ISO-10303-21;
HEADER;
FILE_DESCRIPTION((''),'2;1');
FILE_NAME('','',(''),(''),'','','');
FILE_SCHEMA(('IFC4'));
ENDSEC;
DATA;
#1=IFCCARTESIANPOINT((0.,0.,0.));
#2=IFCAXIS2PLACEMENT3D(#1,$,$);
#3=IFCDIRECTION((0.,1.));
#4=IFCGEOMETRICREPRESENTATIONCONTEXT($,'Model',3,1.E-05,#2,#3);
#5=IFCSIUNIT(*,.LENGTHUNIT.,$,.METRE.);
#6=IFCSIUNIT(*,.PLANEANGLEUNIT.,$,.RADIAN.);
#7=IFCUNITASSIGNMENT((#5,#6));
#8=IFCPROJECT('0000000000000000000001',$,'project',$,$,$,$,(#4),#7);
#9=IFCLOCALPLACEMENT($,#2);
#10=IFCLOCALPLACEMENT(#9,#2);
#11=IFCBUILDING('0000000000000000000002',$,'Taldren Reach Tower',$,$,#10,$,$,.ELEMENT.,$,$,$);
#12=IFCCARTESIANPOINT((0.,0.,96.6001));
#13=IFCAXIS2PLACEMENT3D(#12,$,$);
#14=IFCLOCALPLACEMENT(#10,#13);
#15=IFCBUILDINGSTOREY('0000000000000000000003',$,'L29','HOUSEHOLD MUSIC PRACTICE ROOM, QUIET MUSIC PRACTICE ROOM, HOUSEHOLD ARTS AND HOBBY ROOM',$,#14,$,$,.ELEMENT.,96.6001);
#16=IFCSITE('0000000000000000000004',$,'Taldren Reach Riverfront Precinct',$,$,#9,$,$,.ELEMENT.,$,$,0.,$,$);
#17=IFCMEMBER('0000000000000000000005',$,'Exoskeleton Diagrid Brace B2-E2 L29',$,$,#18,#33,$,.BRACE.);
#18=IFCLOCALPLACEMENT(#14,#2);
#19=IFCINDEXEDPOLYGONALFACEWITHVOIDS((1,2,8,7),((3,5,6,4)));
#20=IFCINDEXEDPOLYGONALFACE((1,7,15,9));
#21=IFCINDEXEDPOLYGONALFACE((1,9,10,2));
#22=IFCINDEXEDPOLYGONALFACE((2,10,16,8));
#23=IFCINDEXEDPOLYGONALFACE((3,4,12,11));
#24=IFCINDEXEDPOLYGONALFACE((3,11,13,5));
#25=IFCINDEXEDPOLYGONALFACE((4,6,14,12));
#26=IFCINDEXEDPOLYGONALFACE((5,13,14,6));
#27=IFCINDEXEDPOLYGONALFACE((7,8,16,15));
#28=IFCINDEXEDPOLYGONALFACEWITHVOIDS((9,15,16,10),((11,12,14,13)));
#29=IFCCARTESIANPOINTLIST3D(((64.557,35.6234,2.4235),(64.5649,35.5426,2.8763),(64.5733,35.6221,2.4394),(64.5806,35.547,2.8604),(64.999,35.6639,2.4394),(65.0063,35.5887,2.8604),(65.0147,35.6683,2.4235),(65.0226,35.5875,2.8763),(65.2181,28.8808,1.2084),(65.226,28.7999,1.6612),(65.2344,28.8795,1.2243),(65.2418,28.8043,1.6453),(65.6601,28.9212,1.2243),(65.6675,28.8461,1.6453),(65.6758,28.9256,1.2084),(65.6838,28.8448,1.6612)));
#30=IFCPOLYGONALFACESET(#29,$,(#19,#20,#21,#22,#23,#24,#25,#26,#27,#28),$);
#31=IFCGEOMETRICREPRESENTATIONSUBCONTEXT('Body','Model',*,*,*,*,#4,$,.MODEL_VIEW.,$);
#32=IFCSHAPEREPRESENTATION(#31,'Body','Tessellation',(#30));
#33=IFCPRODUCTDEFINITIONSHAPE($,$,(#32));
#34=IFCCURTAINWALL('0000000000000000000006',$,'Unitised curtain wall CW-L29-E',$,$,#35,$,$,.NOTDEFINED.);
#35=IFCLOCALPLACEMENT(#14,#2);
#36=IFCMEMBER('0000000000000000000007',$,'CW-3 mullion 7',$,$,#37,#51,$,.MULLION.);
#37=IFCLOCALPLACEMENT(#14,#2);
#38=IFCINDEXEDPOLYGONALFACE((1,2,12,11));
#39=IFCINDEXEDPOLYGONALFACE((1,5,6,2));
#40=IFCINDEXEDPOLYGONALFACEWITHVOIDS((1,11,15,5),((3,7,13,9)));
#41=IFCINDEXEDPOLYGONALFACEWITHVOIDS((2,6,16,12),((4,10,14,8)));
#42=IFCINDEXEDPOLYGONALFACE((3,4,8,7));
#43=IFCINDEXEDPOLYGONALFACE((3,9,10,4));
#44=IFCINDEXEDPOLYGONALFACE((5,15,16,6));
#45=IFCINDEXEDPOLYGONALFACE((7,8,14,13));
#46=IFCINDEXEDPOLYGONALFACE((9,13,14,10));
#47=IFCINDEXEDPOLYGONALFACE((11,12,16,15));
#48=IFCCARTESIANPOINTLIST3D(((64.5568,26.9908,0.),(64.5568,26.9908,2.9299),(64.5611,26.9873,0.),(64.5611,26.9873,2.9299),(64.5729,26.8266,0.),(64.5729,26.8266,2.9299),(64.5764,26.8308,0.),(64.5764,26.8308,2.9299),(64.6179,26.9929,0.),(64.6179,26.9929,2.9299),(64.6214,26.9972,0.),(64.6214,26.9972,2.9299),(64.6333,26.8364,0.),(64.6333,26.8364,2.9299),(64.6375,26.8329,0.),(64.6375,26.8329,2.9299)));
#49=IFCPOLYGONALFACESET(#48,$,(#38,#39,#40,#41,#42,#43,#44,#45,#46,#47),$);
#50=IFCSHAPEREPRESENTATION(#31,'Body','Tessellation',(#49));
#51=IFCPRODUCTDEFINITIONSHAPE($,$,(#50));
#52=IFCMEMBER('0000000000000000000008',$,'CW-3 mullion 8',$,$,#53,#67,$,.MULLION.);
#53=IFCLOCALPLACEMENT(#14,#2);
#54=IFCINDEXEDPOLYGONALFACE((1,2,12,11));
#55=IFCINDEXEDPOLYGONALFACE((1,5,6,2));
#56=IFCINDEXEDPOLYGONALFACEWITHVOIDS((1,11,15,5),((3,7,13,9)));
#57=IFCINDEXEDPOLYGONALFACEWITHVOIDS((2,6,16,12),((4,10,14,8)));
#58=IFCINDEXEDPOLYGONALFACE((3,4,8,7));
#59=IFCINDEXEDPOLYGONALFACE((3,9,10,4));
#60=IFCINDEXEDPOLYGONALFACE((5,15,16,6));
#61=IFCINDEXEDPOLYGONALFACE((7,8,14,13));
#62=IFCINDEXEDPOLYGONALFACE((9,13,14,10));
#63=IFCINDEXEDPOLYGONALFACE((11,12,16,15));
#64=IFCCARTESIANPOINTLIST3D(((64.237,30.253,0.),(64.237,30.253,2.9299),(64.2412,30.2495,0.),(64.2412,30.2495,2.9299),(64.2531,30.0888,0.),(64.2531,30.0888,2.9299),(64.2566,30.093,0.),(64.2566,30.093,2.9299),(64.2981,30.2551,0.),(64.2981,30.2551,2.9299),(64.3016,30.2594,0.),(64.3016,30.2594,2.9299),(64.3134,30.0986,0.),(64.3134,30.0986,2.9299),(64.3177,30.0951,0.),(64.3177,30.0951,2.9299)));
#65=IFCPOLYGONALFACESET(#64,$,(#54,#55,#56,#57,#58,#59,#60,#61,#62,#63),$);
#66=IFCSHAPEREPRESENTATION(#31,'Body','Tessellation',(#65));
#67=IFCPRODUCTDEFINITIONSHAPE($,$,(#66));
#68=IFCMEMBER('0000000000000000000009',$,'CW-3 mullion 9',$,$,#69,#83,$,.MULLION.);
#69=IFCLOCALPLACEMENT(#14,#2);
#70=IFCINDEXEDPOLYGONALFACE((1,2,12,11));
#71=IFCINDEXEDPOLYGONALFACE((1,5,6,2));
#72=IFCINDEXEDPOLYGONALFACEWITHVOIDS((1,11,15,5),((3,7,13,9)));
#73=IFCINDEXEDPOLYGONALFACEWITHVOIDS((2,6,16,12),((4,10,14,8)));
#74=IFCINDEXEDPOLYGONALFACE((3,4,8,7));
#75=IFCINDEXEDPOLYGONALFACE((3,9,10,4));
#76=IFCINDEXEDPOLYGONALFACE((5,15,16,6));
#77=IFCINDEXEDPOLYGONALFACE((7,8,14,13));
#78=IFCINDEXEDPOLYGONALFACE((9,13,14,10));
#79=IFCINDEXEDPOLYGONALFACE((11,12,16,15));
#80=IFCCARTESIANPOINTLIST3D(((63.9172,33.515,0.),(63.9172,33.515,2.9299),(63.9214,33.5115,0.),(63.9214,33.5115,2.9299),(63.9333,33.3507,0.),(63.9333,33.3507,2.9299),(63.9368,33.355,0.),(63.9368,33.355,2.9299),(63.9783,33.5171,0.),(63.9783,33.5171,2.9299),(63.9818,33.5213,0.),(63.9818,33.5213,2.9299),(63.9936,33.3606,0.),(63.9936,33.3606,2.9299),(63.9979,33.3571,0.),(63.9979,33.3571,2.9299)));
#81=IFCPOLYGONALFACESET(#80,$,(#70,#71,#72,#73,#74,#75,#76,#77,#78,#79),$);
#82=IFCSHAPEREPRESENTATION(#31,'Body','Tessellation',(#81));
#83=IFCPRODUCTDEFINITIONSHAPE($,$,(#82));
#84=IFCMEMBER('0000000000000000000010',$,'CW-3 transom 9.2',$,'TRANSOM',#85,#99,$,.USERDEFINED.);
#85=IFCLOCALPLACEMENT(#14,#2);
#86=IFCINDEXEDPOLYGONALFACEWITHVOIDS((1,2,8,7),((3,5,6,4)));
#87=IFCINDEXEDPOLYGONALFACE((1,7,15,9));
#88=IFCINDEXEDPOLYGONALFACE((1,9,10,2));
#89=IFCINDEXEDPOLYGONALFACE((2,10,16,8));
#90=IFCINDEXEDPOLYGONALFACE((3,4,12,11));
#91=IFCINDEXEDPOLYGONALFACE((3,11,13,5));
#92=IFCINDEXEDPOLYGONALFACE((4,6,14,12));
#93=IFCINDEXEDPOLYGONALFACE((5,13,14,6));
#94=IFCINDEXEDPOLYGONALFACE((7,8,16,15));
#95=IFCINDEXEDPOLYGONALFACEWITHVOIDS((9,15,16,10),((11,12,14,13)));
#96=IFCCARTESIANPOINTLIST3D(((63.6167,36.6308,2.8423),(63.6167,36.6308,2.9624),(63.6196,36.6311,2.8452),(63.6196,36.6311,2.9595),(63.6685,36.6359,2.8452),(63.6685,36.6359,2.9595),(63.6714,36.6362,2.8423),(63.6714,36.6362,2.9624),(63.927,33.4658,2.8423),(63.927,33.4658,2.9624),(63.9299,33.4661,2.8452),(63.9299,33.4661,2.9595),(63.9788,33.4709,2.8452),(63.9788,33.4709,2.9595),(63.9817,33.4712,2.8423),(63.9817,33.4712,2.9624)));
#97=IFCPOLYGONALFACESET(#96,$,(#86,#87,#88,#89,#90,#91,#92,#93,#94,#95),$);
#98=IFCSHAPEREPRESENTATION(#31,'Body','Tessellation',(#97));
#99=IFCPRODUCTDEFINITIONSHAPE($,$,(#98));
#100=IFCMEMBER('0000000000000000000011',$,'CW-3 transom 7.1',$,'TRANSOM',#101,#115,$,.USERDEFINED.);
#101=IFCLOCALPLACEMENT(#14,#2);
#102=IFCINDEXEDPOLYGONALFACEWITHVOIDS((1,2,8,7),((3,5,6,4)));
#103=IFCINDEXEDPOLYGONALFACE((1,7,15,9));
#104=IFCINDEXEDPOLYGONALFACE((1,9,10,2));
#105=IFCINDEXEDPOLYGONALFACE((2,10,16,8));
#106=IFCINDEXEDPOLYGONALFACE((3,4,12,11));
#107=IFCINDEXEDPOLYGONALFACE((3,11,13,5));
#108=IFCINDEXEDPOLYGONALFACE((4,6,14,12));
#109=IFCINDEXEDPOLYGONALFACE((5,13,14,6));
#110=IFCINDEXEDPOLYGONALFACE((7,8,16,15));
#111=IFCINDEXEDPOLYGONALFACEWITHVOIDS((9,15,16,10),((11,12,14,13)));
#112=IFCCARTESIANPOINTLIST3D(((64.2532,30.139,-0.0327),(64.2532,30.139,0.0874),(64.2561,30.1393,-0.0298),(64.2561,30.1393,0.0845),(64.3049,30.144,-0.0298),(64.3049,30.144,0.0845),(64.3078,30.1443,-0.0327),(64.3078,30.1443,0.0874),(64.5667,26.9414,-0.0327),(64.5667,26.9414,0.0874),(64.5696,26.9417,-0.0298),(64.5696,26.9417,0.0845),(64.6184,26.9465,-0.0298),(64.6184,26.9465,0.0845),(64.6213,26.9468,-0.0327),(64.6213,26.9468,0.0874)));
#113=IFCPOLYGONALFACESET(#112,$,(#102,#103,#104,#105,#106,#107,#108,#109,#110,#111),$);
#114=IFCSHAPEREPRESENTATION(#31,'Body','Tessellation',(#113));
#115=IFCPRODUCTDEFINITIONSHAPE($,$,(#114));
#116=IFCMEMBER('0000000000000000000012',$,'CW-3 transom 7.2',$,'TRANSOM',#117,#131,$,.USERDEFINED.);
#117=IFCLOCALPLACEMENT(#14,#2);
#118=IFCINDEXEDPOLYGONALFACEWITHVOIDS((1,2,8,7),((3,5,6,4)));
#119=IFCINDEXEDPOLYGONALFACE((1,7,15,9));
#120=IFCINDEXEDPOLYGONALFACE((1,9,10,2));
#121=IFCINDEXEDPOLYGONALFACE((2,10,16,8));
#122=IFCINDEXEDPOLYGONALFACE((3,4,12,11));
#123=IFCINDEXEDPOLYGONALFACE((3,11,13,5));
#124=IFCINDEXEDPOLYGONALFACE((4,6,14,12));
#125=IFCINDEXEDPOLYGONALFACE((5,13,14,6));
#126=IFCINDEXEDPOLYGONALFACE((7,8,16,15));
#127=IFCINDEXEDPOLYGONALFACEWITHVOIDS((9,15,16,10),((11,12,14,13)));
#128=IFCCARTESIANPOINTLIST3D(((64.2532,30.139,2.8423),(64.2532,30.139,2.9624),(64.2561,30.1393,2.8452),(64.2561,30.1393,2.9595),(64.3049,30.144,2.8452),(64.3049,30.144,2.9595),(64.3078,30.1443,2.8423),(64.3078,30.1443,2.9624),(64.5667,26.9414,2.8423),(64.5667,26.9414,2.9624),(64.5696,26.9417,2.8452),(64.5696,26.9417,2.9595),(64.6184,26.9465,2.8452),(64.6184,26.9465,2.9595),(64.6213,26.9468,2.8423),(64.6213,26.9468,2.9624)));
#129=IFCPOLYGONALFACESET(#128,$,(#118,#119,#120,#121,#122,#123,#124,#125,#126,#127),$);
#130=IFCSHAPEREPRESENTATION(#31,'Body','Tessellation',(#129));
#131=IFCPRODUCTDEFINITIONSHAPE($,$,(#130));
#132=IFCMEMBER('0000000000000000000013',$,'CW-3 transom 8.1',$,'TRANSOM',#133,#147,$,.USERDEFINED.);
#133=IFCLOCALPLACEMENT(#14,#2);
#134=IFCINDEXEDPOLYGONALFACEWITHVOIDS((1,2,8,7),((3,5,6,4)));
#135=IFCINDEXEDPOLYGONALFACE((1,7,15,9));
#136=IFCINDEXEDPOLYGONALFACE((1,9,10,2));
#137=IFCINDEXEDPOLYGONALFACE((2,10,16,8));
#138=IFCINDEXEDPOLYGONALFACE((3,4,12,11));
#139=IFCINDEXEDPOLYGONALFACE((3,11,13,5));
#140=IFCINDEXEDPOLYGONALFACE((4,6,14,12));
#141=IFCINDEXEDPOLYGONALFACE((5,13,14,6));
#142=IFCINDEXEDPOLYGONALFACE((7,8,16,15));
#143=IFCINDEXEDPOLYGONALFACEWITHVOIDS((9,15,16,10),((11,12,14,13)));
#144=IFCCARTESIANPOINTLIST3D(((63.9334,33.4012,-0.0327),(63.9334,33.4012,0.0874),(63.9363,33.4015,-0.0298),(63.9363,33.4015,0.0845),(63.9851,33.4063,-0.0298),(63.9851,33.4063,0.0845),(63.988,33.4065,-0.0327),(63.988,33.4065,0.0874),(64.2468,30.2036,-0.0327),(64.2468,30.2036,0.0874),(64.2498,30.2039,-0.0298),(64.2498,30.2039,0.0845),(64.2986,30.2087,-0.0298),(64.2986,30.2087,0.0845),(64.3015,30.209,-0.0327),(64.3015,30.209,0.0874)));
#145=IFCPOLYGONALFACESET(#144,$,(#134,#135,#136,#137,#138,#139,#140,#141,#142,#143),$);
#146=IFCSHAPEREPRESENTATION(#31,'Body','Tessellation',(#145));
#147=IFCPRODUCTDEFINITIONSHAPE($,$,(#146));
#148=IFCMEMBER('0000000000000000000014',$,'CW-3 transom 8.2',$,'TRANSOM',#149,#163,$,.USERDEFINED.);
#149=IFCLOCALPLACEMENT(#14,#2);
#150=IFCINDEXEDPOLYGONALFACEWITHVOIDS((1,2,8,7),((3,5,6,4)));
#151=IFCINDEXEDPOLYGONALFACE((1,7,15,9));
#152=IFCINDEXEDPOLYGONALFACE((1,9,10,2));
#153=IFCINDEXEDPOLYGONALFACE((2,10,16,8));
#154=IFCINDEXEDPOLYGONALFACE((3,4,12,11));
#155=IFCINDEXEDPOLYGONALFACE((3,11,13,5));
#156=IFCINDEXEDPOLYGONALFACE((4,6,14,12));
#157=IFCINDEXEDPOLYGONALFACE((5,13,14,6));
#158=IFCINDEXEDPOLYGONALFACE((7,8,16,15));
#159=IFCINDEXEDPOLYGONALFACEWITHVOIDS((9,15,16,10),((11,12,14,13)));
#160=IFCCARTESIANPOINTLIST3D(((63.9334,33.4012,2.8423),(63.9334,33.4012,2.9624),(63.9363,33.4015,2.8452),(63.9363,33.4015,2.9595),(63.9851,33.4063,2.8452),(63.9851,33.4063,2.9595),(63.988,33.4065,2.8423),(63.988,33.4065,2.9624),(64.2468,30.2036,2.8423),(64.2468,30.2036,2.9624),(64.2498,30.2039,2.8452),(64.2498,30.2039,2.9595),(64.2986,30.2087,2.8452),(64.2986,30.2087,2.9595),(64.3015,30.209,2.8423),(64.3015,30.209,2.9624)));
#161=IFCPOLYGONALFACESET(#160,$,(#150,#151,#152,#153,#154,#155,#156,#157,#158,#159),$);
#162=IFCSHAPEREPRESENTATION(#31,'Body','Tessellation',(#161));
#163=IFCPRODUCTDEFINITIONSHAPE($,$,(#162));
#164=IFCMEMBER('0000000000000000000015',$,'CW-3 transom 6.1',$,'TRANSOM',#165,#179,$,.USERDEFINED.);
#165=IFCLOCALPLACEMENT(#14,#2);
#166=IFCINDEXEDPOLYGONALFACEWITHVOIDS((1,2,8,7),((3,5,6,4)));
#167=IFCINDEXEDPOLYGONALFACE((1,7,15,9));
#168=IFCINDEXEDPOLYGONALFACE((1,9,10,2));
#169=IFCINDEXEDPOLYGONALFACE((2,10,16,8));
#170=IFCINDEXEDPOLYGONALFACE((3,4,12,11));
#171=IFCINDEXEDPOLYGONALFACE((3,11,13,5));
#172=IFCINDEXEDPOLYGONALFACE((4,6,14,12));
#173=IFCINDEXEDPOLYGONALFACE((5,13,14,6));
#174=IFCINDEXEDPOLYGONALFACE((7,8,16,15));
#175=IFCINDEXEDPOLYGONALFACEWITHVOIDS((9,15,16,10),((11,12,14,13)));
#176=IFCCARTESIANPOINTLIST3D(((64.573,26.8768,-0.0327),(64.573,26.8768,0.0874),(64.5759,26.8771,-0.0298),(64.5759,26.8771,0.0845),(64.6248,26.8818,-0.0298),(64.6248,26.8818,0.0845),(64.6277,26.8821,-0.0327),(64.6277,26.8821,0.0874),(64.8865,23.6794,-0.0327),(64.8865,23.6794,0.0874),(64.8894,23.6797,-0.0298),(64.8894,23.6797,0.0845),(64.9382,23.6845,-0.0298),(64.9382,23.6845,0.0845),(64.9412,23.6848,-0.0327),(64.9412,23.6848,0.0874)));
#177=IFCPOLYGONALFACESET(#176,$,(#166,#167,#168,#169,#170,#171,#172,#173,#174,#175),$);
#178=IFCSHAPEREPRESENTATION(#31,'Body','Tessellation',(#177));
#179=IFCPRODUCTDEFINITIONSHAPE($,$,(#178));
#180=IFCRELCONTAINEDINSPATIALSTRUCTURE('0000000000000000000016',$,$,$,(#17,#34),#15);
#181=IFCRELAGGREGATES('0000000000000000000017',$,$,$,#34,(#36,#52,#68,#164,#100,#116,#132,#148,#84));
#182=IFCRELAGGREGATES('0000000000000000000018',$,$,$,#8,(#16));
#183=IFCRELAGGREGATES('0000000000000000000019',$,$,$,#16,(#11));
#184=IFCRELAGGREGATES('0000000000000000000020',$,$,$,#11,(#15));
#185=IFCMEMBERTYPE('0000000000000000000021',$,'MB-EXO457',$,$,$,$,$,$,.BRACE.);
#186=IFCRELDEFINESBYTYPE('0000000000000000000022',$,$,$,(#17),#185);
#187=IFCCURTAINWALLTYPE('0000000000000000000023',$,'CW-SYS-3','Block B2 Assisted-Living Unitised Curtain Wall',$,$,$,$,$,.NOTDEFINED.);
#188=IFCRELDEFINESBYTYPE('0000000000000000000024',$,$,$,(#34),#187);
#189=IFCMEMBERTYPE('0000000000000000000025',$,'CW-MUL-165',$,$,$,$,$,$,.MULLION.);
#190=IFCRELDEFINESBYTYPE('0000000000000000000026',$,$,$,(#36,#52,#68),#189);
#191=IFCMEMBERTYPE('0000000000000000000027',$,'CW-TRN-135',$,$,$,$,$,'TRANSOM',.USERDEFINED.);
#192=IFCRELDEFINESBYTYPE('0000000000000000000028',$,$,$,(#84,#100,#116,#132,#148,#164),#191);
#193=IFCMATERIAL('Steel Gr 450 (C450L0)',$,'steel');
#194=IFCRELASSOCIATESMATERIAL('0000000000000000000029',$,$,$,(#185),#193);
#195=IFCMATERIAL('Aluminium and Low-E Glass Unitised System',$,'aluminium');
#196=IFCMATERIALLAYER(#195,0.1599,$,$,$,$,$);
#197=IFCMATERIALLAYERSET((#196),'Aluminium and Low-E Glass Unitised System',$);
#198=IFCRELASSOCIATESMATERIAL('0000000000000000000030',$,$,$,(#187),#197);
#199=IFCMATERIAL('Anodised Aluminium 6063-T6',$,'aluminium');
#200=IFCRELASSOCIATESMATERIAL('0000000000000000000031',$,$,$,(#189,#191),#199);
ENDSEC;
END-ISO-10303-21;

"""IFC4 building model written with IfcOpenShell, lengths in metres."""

from ifc_helpers import new_model, si_unit, direction, frame, origin, origin_2d, place, context, subcontext, project, spatial, hollow_rectangle, extrude, source, transform, mapped, material, layer, layer_set, material_profile, profile_set, type_object, element, aggregate, save


model = new_model("IFC4")

# Units and contexts
model_context = context("Model", 3, precision=1e-05, world=origin(), true_north=direction((0.0, 1.0)))
body_context = subcontext(model_context, "Body", "Model", "MODEL_VIEW")
ifc_project = project(units=[si_unit("LENGTHUNIT", "METRE"), si_unit("PLANEANGLEUNIT", "RADIAN")], contexts=[model_context])

# Site, building, storey
site_placement = place(None, origin())
site = spatial("IfcSite", under=ifc_project, at=site_placement, Name="Taldren Reach Riverfront Precinct", CompositionType="ELEMENT", RefElevation=0.0)
building_placement = place(site_placement, origin())
building = spatial("IfcBuilding", under=site, at=building_placement, Name="Taldren Reach Tower", CompositionType="ELEMENT")
storey_placement = place(building_placement, frame((0.0, 0.0, 96.6001)))
storey = spatial("IfcBuildingStorey", under=building, at=storey_placement, Name="L29", Description="HOUSEHOLD MUSIC PRACTICE ROOM, QUIET MUSIC PRACTICE ROOM, HOUSEHOLD ARTS AND HOBBY ROOM", CompositionType="ELEMENT", Elevation=96.6001)

# Member
ifc_material_1 = material(Name="Steel Gr 450 (C450L0)", Category="steel")
ifc_material_profile_1 = material_profile(ifc_material_1, hollow_rectangle(XDim=0.46, YDim=0.46, WallThickness=0.0161, at=origin_2d()), Name="460x460x16.0SHS")
ifc_profile_set_1 = profile_set([ifc_material_profile_1], Name="Steel Gr 450 (C450L0)")
member_type_1 = type_object("IfcMemberType", Name="MB-EXO457", PredefinedType="BRACE", material=ifc_profile_set_1)
shared_shape_1 = source(origin(), body_context, "Body", "SweptSolid", [
    extrude(hollow_rectangle(XDim=0.46, YDim=0.46, WallThickness=0.0161, at=origin_2d()), origin(), (0.0, 0.0, 1.0), 6.8831),
])
member_1_placement = place(storey_placement, frame((65.4509, 28.8628, 1.4348), z_axis=(-0.096051, 0.979597, 0.176532), x_axis=(-0.995227, -0.097584, 0.0)))
element("IfcMember", 1, at=member_1_placement, inside=storey, type_object=member_type_1, Name="Exoskeleton Diagrid Brace B2-E2 L29", PredefinedType="BRACE", context=body_context, shape_type="MappedRepresentation", body=[
    mapped(shared_shape_1, transform((0.0, 0.0, 0.0), scale=1.0)),
])

# Curtain wall, members
ifc_material_2 = material(Name="Aluminium and Low-E Glass Unitised System", Category="aluminium")
ifc_layer_1 = layer(ifc_material_2, 0.1599)
ifc_layer_set_1 = layer_set([ifc_layer_1], Name="Aluminium and Low-E Glass Unitised System")
curtain_wall_type = type_object("IfcCurtainWallType", Name="CW-SYS-3", Description="Block B2 Assisted-Living Unitised Curtain Wall", PredefinedType="NOTDEFINED", material=ifc_layer_set_1)
curtain_wall_placement = place(storey_placement, origin())
curtain_wall = element("IfcCurtainWall", 2, at=curtain_wall_placement, inside=storey, type_object=curtain_wall_type, Name="Unitised curtain wall CW-L29-E", PredefinedType="NOTDEFINED")
ifc_material_3 = material(Name="Anodised Aluminium 6063-T6", Category="aluminium")
ifc_material_profile_2 = material_profile(ifc_material_3, hollow_rectangle(XDim=0.0649, YDim=0.165, WallThickness=0.0039, at=origin_2d()), Name="ALU-165x65x4RHS")
ifc_profile_set_2 = profile_set([ifc_material_profile_2], Name="Anodised Aluminium 6063-T6")
member_type_2 = type_object("IfcMemberType", Name="CW-MUL-165", PredefinedType="MULLION", material=ifc_profile_set_2)
shared_shape_2 = source(origin(), body_context, "Body", "SweptSolid", [
    extrude(hollow_rectangle(XDim=0.0649, YDim=0.165, WallThickness=0.0039, at=origin_2d()), origin(), (0.0, 0.0, 1.0), 2.9299),
])
member_2_placement = place(storey_placement, frame((64.5972, 26.9119, 0.0), z_axis=(0.0, 0.0, 1.0), x_axis=(-0.995227, -0.097583, 0.0)))
member_2 = element("IfcMember", 3, at=member_2_placement, type_object=member_type_2, Name="CW-3 mullion 7", PredefinedType="MULLION", context=body_context, shape_type="MappedRepresentation", body=[
    mapped(shared_shape_2, transform((0.0, 0.0, 0.0), scale=1.0)),
])
member_3_placement = place(storey_placement, frame((64.2773, 30.1741, 0.0), z_axis=(0.0, 0.0, 1.0), x_axis=(-0.995227, -0.097583, 0.0)))
member_3 = element("IfcMember", 4, at=member_3_placement, type_object=member_type_2, Name="CW-3 mullion 8", PredefinedType="MULLION", context=body_context, shape_type="MappedRepresentation", body=[
    mapped(shared_shape_2, transform((0.0, 0.0, 0.0), scale=1.0)),
])
member_4_placement = place(storey_placement, frame((63.9575, 33.436, 0.0), z_axis=(0.0, 0.0, 1.0), x_axis=(-0.995227, -0.097583, 0.0)))
member_4 = element("IfcMember", 5, at=member_4_placement, type_object=member_type_2, Name="CW-3 mullion 9", PredefinedType="MULLION", context=body_context, shape_type="MappedRepresentation", body=[
    mapped(shared_shape_2, transform((0.0, 0.0, 0.0), scale=1.0)),
])
ifc_material_profile_3 = material_profile(ifc_material_3, hollow_rectangle(XDim=0.0549, YDim=0.1201, WallThickness=0.0029, at=origin_2d()), Name="ALU-120x55x3RHS")
ifc_profile_set_3 = profile_set([ifc_material_profile_3], Name="Anodised Aluminium 6063-T6")
member_type_3 = type_object("IfcMemberType", Name="CW-TRN-135", ElementType="TRANSOM", PredefinedType="USERDEFINED", material=ifc_profile_set_3)
shared_shape_3 = source(origin(), body_context, "Body", "SweptSolid", [
    extrude(hollow_rectangle(XDim=0.0549, YDim=0.1201, WallThickness=0.0029, at=origin_2d()), origin(), (0.0, 0.0, 1.0), 3.1802),
])
member_5_placement = place(storey_placement, frame((63.9543, 33.4685, 2.9023), z_axis=(-0.097573, 0.995228, 0.0), x_axis=(-0.995228, -0.097573, 0.0)))
member_5 = element("IfcMember", 6, at=member_5_placement, type_object=member_type_3, Name="CW-3 transom 9.2", ObjectType="TRANSOM", PredefinedType="USERDEFINED", context=body_context, shape_type="MappedRepresentation", body=[
    mapped(shared_shape_3, transform((0.0, 0.0, 0.0), scale=1.0)),
])
shared_shape_4 = source(origin(), body_context, "Body", "SweptSolid", [
    extrude(hollow_rectangle(XDim=0.0549, YDim=0.1201, WallThickness=0.0029, at=origin_2d()), origin(), (0.0, 0.0, 1.0), 3.2129),
])
member_6_placement = place(storey_placement, frame((64.594, 26.9441, 0.0273), z_axis=(-0.09757, 0.995229, 0.0), x_axis=(-0.995229, -0.09757, 0.0)))
member_6 = element("IfcMember", 7, at=member_6_placement, type_object=member_type_3, Name="CW-3 transom 7.1", ObjectType="TRANSOM", PredefinedType="USERDEFINED", context=body_context, shape_type="MappedRepresentation", body=[
    mapped(shared_shape_4, transform((0.0, 0.0, 0.0), scale=1.0)),
])
member_7_placement = place(storey_placement, frame((64.594, 26.9441, 2.9023), z_axis=(-0.09757, 0.995229, 0.0), x_axis=(-0.995229, -0.09757, 0.0)))
member_7 = element("IfcMember", 8, at=member_7_placement, type_object=member_type_3, Name="CW-3 transom 7.2", ObjectType="TRANSOM", PredefinedType="USERDEFINED", context=body_context, shape_type="MappedRepresentation", body=[
    mapped(shared_shape_4, transform((0.0, 0.0, 0.0), scale=1.0)),
])
member_8_placement = place(storey_placement, frame((64.2742, 30.2063, 0.0273), z_axis=(-0.09757, 0.995229, 0.0), x_axis=(-0.995229, -0.09757, 0.0)))
member_8 = element("IfcMember", 9, at=member_8_placement, type_object=member_type_3, Name="CW-3 transom 8.1", ObjectType="TRANSOM", PredefinedType="USERDEFINED", context=body_context, shape_type="MappedRepresentation", body=[
    mapped(shared_shape_4, transform((0.0, 0.0, 0.0), scale=1.0)),
])
member_9_placement = place(storey_placement, frame((64.2742, 30.2063, 2.9023), z_axis=(-0.09757, 0.995229, 0.0), x_axis=(-0.995229, -0.09757, 0.0)))
member_9 = element("IfcMember", 10, at=member_9_placement, type_object=member_type_3, Name="CW-3 transom 8.2", ObjectType="TRANSOM", PredefinedType="USERDEFINED", context=body_context, shape_type="MappedRepresentation", body=[
    mapped(shared_shape_4, transform((0.0, 0.0, 0.0), scale=1.0)),
])
shared_shape_5 = source(origin(), body_context, "Body", "SweptSolid", [
    extrude(hollow_rectangle(XDim=0.0549, YDim=0.1201, WallThickness=0.0029, at=origin_2d()), origin(), (0.0, 0.0, 1.0), 3.2126),
])
member_10_placement = place(storey_placement, frame((64.9138, 23.6821, 0.0273), z_axis=(-0.097577, 0.995228, 0.0), x_axis=(-0.995228, -0.097577, 0.0)))
member_10 = element("IfcMember", 11, at=member_10_placement, type_object=member_type_3, Name="CW-3 transom 6.1", ObjectType="TRANSOM", PredefinedType="USERDEFINED", context=body_context, shape_type="MappedRepresentation", body=[
    mapped(shared_shape_5, transform((0.0, 0.0, 0.0), scale=1.0)),
])
aggregate(curtain_wall, [member_2, member_3, member_4, member_10, member_6, member_7, member_8, member_9, member_5])

save(model, "model.ifc")
